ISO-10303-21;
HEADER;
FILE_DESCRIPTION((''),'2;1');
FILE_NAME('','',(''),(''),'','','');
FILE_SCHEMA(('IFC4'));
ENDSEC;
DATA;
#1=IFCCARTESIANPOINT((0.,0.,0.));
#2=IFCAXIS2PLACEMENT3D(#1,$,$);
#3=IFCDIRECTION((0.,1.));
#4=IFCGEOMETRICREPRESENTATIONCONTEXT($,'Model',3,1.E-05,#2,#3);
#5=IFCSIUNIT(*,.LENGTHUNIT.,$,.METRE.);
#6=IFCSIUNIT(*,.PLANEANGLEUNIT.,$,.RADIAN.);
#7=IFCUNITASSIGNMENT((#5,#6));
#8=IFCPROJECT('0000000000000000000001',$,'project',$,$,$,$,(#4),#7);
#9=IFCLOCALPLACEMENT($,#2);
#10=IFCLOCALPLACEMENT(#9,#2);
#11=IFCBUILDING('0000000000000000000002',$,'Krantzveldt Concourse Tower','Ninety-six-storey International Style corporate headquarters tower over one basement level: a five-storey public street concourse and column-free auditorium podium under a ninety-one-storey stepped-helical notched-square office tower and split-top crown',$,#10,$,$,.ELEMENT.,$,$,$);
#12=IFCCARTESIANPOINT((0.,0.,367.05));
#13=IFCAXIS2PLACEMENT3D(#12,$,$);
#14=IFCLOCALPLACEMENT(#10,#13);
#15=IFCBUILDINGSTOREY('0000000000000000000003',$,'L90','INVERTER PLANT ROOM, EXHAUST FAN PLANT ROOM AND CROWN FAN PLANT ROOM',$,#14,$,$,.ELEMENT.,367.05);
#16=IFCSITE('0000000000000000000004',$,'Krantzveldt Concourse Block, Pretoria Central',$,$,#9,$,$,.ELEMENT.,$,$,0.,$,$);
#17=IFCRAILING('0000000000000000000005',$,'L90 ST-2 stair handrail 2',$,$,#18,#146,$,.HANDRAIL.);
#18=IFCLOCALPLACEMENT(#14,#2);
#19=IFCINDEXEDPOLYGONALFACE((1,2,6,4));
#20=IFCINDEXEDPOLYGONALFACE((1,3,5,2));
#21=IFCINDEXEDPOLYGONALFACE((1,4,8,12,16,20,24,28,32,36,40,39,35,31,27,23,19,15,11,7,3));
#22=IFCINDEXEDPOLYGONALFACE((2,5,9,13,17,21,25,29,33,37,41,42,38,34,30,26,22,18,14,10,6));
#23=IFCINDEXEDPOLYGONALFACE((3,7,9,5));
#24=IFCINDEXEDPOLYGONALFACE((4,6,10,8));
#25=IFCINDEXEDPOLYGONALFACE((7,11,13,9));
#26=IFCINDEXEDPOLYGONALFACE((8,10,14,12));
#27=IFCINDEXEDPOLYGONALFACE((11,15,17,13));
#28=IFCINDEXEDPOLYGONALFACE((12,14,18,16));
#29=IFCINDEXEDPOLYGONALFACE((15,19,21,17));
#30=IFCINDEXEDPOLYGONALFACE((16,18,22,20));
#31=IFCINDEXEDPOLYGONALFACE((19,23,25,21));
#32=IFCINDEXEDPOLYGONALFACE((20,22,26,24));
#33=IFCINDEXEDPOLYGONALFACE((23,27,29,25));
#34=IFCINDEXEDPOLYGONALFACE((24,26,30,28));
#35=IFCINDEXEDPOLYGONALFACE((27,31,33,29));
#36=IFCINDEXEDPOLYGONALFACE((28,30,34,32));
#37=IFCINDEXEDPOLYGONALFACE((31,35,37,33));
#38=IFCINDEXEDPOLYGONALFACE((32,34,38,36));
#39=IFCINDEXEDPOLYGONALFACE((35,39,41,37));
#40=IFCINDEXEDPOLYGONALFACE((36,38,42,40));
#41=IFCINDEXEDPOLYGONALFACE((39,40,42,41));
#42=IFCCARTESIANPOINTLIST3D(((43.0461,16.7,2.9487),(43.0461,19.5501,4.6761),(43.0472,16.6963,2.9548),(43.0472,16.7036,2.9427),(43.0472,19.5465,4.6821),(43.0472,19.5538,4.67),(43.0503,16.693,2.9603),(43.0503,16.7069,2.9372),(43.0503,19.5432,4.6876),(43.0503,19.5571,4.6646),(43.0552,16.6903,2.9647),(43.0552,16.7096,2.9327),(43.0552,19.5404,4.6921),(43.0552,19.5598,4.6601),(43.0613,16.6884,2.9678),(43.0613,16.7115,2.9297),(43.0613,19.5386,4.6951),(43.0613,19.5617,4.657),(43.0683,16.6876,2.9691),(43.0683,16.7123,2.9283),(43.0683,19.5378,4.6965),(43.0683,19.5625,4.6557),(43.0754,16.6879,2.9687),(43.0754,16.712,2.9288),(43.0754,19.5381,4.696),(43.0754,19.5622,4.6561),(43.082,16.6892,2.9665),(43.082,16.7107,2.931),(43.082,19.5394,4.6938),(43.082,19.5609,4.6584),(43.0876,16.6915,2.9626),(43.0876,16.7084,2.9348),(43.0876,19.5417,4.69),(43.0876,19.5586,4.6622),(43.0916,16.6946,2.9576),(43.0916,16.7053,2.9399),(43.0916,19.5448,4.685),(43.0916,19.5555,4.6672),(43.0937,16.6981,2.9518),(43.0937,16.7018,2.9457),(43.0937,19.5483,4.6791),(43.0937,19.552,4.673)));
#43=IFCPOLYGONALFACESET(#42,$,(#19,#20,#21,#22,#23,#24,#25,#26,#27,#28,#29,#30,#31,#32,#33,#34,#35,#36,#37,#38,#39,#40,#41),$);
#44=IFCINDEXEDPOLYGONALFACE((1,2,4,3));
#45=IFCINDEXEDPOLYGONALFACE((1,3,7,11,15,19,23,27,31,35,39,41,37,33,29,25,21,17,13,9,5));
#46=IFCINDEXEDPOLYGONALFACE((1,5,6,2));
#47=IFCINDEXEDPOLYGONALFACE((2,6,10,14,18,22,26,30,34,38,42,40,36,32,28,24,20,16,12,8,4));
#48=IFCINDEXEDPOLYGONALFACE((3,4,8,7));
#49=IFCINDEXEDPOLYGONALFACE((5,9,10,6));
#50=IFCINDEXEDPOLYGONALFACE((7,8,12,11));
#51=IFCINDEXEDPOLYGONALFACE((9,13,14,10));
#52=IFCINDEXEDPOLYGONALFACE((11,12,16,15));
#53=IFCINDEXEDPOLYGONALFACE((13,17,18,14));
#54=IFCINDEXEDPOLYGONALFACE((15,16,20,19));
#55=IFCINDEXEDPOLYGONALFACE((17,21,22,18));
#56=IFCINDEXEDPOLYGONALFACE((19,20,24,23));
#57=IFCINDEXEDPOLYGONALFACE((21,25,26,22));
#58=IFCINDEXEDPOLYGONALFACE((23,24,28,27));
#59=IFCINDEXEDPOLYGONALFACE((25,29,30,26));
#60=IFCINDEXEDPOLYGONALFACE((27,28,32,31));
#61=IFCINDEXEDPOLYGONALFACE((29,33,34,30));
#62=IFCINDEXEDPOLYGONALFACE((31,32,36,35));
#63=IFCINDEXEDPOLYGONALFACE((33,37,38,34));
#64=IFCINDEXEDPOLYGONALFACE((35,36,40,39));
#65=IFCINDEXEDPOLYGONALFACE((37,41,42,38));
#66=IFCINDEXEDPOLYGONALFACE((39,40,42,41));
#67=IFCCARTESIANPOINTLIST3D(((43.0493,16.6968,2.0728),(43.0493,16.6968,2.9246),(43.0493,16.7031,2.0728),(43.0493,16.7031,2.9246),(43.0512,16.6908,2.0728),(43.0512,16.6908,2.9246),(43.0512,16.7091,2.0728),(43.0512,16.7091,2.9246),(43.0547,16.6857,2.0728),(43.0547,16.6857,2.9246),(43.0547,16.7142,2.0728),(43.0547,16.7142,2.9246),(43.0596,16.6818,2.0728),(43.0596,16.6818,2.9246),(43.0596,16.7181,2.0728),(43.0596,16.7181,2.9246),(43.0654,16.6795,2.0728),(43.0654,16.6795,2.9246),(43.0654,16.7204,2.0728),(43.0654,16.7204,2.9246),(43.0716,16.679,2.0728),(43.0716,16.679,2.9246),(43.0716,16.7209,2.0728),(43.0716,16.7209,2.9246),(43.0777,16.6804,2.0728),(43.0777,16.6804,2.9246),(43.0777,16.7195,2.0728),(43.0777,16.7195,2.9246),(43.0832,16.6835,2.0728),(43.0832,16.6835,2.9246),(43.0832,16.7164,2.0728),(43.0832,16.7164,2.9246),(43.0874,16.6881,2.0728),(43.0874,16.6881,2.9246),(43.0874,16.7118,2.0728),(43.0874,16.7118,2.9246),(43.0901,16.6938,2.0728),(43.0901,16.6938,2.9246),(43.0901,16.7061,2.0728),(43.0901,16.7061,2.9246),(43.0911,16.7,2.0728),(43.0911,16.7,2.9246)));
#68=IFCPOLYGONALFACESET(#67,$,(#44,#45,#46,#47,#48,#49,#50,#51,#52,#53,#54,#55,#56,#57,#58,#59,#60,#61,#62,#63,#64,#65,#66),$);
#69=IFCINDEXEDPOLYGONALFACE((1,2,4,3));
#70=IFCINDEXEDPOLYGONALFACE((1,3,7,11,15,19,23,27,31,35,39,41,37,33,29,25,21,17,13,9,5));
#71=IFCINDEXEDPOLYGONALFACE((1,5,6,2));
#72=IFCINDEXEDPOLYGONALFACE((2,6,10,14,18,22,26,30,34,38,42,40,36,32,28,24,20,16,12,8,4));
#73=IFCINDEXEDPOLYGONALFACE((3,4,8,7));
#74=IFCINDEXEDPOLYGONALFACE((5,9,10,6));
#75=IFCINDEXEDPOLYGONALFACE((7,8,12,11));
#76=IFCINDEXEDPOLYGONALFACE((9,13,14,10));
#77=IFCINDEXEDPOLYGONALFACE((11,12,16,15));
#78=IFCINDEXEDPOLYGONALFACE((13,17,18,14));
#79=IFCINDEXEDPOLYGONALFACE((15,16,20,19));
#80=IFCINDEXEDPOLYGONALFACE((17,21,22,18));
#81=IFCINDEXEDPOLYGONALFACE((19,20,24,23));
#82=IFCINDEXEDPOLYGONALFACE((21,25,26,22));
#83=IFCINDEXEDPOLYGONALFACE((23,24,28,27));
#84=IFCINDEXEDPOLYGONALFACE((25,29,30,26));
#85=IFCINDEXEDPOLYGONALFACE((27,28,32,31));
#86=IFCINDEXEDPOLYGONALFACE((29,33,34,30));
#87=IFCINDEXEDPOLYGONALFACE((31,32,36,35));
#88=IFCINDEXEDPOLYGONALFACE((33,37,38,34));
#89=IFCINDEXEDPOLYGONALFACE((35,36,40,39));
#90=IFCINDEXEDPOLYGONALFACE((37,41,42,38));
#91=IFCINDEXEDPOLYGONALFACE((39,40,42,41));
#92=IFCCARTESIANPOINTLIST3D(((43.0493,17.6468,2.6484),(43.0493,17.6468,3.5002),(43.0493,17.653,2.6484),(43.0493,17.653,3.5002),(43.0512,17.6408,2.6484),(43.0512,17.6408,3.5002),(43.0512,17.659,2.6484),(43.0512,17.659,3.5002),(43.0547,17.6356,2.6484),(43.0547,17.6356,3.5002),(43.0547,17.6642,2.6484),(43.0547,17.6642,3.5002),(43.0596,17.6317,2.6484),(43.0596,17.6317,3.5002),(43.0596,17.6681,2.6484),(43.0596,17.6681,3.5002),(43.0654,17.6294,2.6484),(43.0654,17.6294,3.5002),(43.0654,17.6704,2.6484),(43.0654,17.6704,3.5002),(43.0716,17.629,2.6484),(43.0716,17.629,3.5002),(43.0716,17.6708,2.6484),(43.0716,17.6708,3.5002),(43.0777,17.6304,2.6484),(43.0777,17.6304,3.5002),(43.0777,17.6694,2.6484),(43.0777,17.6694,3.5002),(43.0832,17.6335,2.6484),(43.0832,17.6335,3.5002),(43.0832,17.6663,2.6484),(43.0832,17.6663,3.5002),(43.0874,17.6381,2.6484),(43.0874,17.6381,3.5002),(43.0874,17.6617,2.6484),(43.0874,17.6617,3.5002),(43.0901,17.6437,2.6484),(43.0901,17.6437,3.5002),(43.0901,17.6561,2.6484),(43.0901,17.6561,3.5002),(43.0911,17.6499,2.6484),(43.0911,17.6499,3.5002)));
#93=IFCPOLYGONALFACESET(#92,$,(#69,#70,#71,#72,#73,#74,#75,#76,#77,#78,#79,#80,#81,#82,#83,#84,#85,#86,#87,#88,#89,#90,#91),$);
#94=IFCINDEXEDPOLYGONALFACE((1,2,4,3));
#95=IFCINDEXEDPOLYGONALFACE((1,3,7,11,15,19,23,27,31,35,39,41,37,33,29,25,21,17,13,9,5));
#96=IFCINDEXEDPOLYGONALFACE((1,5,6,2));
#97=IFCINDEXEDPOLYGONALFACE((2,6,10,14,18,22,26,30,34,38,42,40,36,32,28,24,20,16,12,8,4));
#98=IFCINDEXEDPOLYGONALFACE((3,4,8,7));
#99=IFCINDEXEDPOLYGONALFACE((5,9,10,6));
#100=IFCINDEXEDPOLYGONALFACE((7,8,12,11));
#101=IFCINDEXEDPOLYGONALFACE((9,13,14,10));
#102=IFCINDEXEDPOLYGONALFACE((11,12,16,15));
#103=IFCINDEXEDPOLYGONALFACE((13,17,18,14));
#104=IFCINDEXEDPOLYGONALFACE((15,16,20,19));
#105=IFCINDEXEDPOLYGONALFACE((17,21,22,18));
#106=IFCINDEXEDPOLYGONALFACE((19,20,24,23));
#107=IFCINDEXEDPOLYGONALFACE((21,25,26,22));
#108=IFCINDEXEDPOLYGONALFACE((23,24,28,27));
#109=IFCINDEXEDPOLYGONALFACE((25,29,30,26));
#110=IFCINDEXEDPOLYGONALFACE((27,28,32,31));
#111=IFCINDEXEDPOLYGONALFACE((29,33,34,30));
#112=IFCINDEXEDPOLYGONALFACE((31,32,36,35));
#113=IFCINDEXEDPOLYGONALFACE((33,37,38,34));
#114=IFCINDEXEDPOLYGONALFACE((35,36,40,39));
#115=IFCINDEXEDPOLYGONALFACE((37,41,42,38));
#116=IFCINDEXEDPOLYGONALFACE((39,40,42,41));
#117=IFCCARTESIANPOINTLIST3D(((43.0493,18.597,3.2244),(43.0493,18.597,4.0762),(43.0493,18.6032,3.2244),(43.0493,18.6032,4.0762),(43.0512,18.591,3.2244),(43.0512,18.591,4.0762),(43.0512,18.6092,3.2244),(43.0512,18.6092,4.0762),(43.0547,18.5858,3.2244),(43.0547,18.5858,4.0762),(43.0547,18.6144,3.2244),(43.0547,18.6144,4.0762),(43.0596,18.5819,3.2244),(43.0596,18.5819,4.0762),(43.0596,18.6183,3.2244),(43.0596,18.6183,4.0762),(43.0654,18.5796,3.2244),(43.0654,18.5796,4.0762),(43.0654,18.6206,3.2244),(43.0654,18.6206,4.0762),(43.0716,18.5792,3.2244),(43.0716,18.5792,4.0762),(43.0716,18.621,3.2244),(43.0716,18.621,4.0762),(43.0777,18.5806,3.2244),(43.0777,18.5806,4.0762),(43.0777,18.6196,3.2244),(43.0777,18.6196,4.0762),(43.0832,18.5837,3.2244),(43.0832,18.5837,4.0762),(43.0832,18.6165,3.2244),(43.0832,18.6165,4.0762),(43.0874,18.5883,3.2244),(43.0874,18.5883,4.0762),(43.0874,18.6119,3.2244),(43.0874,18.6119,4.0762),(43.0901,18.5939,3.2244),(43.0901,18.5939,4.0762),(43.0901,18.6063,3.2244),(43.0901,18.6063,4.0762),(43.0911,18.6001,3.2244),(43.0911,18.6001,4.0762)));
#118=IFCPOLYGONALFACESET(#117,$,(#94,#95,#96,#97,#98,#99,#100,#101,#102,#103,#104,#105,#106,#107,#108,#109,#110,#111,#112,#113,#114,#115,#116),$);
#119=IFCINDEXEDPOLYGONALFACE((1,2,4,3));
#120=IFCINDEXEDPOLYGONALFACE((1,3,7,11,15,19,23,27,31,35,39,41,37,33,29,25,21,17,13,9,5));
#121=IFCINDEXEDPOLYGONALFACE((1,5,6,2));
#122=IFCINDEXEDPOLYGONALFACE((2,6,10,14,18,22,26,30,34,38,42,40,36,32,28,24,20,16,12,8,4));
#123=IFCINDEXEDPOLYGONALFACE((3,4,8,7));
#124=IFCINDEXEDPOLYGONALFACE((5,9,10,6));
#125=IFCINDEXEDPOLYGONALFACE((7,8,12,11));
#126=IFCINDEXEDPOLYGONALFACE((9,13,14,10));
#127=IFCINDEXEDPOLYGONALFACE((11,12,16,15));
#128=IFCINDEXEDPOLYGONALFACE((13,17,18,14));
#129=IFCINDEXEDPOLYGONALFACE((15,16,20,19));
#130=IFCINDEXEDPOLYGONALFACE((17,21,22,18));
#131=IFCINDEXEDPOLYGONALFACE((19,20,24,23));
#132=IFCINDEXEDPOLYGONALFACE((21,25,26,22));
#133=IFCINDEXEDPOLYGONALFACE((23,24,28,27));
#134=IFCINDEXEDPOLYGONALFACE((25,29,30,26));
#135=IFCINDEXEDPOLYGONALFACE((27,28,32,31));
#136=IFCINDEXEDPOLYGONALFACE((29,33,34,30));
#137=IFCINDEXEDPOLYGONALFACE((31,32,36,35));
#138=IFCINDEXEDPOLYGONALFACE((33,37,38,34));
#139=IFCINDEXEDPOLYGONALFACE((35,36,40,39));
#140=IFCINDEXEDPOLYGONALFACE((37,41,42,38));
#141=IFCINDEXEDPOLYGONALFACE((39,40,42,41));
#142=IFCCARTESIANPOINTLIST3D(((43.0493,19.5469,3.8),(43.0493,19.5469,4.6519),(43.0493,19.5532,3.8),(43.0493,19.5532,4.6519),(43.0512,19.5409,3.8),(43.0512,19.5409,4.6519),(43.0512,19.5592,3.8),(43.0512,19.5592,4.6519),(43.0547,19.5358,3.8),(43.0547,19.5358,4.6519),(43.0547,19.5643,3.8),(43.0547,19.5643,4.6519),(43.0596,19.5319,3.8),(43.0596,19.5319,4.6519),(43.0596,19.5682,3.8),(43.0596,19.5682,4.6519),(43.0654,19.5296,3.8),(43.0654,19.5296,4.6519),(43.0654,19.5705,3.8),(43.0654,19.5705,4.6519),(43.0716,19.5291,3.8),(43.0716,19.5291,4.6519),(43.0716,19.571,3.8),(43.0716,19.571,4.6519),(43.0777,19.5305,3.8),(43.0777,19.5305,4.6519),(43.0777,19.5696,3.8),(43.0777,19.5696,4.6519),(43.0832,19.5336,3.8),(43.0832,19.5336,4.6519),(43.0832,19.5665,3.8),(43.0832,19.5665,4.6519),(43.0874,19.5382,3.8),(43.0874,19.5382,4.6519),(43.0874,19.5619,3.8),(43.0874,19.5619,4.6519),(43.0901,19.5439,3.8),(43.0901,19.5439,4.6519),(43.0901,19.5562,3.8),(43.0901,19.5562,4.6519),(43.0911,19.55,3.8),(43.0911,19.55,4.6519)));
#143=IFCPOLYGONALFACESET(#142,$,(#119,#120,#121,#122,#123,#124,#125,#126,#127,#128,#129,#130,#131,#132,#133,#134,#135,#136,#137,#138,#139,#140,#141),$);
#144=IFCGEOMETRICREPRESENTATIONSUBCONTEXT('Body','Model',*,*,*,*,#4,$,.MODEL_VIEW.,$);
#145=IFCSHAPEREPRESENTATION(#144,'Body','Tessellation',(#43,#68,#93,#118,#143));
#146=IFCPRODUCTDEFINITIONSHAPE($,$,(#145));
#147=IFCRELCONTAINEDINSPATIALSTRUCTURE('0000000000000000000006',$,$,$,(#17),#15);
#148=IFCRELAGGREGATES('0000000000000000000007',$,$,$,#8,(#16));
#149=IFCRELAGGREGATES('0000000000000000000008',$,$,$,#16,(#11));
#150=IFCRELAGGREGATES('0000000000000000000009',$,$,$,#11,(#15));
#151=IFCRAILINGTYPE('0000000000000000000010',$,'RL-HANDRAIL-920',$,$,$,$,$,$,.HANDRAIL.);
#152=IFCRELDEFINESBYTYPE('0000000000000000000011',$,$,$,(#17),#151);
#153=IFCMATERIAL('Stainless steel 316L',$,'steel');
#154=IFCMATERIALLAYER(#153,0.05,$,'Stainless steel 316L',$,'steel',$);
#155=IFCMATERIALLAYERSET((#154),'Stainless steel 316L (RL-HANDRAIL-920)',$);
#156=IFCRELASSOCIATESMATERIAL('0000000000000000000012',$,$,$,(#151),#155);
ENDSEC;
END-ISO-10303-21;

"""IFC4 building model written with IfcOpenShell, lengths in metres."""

from ifc_helpers import new_model, si_unit, direction, frame, origin, origin_2d, place, context, subcontext, project, spatial, circle, extrude, material, layer, layer_set, type_object, element, save


model = new_model("IFC4")

# Units and contexts
model_context = context("Model", 3, precision=1e-05, world=origin(), true_north=direction((0.0, 1.0)))
body_context = subcontext(model_context, "Body", "Model", "MODEL_VIEW")
ifc_project = project(units=[si_unit("LENGTHUNIT", "METRE"), si_unit("PLANEANGLEUNIT", "RADIAN")], contexts=[model_context])

# Site, building, storey
site_placement = place(None, origin())
site = spatial("IfcSite", under=ifc_project, at=site_placement, Name="Krantzveldt Concourse Block, Pretoria Central", CompositionType="ELEMENT", RefElevation=0.0)
building_placement = place(site_placement, origin())
building = spatial("IfcBuilding", under=site, at=building_placement, Name="Krantzveldt Concourse Tower", Description="Ninety-six-storey International Style corporate headquarters tower over one basement level: a five-storey public street concourse and column-free auditorium podium under a ninety-one-storey stepped-helical notched-square office tower and split-top crown", CompositionType="ELEMENT")
storey_placement = place(building_placement, frame((0.0, 0.0, 367.05)))
storey = spatial("IfcBuildingStorey", under=building, at=storey_placement, Name="L90", Description="INVERTER PLANT ROOM, EXHAUST FAN PLANT ROOM AND CROWN FAN PLANT ROOM", CompositionType="ELEMENT", Elevation=367.05)

# Railing
ifc_material_1 = material(Name="Stainless steel 316L", Category="steel")
ifc_layer_1 = layer(ifc_material_1, 0.05, Name="Stainless steel 316L", Category="steel")
ifc_layer_set_1 = layer_set([ifc_layer_1], Name="Stainless steel 316L (RL-HANDRAIL-920)")
railing_type = type_object("IfcRailingType", Name="RL-HANDRAIL-920", PredefinedType="HANDRAIL", material=ifc_layer_set_1)
railing_placement = place(storey_placement, frame((43.0701, 16.7, 2.0728)))
element("IfcRailing", 1, at=railing_placement, inside=storey, type_object=railing_type, Name="L90 ST-2 stair handrail 2", PredefinedType="HANDRAIL", context=body_context, shape_type="SweptSolid", body=[
    extrude(circle(Radius=0.0239, at=origin_2d()), frame((0.0, 0.0, 0.876), z_axis=(0.0, 0.855203, 0.518294), x_axis=(-1.0, 0.0, 0.0)), (0.0, 0.0, 1.0), 3.3328),
    extrude(circle(Radius=0.021, at=origin_2d()), origin(), (0.0, 0.0, 1.0), 0.8518),
    extrude(circle(Radius=0.021, at=origin_2d()), frame((0.0, 0.95, 0.5757)), (0.0, 0.0, 1.0), 0.8518),
    extrude(circle(Radius=0.021, at=origin_2d()), frame((0.0, 1.9001, 1.1516)), (0.0, 0.0, 1.0), 0.8518),
    extrude(circle(Radius=0.021, at=origin_2d()), frame((0.0, 2.8501, 1.7273)), (0.0, 0.0, 1.0), 0.8518),
])

save(model, "model.ifc")
